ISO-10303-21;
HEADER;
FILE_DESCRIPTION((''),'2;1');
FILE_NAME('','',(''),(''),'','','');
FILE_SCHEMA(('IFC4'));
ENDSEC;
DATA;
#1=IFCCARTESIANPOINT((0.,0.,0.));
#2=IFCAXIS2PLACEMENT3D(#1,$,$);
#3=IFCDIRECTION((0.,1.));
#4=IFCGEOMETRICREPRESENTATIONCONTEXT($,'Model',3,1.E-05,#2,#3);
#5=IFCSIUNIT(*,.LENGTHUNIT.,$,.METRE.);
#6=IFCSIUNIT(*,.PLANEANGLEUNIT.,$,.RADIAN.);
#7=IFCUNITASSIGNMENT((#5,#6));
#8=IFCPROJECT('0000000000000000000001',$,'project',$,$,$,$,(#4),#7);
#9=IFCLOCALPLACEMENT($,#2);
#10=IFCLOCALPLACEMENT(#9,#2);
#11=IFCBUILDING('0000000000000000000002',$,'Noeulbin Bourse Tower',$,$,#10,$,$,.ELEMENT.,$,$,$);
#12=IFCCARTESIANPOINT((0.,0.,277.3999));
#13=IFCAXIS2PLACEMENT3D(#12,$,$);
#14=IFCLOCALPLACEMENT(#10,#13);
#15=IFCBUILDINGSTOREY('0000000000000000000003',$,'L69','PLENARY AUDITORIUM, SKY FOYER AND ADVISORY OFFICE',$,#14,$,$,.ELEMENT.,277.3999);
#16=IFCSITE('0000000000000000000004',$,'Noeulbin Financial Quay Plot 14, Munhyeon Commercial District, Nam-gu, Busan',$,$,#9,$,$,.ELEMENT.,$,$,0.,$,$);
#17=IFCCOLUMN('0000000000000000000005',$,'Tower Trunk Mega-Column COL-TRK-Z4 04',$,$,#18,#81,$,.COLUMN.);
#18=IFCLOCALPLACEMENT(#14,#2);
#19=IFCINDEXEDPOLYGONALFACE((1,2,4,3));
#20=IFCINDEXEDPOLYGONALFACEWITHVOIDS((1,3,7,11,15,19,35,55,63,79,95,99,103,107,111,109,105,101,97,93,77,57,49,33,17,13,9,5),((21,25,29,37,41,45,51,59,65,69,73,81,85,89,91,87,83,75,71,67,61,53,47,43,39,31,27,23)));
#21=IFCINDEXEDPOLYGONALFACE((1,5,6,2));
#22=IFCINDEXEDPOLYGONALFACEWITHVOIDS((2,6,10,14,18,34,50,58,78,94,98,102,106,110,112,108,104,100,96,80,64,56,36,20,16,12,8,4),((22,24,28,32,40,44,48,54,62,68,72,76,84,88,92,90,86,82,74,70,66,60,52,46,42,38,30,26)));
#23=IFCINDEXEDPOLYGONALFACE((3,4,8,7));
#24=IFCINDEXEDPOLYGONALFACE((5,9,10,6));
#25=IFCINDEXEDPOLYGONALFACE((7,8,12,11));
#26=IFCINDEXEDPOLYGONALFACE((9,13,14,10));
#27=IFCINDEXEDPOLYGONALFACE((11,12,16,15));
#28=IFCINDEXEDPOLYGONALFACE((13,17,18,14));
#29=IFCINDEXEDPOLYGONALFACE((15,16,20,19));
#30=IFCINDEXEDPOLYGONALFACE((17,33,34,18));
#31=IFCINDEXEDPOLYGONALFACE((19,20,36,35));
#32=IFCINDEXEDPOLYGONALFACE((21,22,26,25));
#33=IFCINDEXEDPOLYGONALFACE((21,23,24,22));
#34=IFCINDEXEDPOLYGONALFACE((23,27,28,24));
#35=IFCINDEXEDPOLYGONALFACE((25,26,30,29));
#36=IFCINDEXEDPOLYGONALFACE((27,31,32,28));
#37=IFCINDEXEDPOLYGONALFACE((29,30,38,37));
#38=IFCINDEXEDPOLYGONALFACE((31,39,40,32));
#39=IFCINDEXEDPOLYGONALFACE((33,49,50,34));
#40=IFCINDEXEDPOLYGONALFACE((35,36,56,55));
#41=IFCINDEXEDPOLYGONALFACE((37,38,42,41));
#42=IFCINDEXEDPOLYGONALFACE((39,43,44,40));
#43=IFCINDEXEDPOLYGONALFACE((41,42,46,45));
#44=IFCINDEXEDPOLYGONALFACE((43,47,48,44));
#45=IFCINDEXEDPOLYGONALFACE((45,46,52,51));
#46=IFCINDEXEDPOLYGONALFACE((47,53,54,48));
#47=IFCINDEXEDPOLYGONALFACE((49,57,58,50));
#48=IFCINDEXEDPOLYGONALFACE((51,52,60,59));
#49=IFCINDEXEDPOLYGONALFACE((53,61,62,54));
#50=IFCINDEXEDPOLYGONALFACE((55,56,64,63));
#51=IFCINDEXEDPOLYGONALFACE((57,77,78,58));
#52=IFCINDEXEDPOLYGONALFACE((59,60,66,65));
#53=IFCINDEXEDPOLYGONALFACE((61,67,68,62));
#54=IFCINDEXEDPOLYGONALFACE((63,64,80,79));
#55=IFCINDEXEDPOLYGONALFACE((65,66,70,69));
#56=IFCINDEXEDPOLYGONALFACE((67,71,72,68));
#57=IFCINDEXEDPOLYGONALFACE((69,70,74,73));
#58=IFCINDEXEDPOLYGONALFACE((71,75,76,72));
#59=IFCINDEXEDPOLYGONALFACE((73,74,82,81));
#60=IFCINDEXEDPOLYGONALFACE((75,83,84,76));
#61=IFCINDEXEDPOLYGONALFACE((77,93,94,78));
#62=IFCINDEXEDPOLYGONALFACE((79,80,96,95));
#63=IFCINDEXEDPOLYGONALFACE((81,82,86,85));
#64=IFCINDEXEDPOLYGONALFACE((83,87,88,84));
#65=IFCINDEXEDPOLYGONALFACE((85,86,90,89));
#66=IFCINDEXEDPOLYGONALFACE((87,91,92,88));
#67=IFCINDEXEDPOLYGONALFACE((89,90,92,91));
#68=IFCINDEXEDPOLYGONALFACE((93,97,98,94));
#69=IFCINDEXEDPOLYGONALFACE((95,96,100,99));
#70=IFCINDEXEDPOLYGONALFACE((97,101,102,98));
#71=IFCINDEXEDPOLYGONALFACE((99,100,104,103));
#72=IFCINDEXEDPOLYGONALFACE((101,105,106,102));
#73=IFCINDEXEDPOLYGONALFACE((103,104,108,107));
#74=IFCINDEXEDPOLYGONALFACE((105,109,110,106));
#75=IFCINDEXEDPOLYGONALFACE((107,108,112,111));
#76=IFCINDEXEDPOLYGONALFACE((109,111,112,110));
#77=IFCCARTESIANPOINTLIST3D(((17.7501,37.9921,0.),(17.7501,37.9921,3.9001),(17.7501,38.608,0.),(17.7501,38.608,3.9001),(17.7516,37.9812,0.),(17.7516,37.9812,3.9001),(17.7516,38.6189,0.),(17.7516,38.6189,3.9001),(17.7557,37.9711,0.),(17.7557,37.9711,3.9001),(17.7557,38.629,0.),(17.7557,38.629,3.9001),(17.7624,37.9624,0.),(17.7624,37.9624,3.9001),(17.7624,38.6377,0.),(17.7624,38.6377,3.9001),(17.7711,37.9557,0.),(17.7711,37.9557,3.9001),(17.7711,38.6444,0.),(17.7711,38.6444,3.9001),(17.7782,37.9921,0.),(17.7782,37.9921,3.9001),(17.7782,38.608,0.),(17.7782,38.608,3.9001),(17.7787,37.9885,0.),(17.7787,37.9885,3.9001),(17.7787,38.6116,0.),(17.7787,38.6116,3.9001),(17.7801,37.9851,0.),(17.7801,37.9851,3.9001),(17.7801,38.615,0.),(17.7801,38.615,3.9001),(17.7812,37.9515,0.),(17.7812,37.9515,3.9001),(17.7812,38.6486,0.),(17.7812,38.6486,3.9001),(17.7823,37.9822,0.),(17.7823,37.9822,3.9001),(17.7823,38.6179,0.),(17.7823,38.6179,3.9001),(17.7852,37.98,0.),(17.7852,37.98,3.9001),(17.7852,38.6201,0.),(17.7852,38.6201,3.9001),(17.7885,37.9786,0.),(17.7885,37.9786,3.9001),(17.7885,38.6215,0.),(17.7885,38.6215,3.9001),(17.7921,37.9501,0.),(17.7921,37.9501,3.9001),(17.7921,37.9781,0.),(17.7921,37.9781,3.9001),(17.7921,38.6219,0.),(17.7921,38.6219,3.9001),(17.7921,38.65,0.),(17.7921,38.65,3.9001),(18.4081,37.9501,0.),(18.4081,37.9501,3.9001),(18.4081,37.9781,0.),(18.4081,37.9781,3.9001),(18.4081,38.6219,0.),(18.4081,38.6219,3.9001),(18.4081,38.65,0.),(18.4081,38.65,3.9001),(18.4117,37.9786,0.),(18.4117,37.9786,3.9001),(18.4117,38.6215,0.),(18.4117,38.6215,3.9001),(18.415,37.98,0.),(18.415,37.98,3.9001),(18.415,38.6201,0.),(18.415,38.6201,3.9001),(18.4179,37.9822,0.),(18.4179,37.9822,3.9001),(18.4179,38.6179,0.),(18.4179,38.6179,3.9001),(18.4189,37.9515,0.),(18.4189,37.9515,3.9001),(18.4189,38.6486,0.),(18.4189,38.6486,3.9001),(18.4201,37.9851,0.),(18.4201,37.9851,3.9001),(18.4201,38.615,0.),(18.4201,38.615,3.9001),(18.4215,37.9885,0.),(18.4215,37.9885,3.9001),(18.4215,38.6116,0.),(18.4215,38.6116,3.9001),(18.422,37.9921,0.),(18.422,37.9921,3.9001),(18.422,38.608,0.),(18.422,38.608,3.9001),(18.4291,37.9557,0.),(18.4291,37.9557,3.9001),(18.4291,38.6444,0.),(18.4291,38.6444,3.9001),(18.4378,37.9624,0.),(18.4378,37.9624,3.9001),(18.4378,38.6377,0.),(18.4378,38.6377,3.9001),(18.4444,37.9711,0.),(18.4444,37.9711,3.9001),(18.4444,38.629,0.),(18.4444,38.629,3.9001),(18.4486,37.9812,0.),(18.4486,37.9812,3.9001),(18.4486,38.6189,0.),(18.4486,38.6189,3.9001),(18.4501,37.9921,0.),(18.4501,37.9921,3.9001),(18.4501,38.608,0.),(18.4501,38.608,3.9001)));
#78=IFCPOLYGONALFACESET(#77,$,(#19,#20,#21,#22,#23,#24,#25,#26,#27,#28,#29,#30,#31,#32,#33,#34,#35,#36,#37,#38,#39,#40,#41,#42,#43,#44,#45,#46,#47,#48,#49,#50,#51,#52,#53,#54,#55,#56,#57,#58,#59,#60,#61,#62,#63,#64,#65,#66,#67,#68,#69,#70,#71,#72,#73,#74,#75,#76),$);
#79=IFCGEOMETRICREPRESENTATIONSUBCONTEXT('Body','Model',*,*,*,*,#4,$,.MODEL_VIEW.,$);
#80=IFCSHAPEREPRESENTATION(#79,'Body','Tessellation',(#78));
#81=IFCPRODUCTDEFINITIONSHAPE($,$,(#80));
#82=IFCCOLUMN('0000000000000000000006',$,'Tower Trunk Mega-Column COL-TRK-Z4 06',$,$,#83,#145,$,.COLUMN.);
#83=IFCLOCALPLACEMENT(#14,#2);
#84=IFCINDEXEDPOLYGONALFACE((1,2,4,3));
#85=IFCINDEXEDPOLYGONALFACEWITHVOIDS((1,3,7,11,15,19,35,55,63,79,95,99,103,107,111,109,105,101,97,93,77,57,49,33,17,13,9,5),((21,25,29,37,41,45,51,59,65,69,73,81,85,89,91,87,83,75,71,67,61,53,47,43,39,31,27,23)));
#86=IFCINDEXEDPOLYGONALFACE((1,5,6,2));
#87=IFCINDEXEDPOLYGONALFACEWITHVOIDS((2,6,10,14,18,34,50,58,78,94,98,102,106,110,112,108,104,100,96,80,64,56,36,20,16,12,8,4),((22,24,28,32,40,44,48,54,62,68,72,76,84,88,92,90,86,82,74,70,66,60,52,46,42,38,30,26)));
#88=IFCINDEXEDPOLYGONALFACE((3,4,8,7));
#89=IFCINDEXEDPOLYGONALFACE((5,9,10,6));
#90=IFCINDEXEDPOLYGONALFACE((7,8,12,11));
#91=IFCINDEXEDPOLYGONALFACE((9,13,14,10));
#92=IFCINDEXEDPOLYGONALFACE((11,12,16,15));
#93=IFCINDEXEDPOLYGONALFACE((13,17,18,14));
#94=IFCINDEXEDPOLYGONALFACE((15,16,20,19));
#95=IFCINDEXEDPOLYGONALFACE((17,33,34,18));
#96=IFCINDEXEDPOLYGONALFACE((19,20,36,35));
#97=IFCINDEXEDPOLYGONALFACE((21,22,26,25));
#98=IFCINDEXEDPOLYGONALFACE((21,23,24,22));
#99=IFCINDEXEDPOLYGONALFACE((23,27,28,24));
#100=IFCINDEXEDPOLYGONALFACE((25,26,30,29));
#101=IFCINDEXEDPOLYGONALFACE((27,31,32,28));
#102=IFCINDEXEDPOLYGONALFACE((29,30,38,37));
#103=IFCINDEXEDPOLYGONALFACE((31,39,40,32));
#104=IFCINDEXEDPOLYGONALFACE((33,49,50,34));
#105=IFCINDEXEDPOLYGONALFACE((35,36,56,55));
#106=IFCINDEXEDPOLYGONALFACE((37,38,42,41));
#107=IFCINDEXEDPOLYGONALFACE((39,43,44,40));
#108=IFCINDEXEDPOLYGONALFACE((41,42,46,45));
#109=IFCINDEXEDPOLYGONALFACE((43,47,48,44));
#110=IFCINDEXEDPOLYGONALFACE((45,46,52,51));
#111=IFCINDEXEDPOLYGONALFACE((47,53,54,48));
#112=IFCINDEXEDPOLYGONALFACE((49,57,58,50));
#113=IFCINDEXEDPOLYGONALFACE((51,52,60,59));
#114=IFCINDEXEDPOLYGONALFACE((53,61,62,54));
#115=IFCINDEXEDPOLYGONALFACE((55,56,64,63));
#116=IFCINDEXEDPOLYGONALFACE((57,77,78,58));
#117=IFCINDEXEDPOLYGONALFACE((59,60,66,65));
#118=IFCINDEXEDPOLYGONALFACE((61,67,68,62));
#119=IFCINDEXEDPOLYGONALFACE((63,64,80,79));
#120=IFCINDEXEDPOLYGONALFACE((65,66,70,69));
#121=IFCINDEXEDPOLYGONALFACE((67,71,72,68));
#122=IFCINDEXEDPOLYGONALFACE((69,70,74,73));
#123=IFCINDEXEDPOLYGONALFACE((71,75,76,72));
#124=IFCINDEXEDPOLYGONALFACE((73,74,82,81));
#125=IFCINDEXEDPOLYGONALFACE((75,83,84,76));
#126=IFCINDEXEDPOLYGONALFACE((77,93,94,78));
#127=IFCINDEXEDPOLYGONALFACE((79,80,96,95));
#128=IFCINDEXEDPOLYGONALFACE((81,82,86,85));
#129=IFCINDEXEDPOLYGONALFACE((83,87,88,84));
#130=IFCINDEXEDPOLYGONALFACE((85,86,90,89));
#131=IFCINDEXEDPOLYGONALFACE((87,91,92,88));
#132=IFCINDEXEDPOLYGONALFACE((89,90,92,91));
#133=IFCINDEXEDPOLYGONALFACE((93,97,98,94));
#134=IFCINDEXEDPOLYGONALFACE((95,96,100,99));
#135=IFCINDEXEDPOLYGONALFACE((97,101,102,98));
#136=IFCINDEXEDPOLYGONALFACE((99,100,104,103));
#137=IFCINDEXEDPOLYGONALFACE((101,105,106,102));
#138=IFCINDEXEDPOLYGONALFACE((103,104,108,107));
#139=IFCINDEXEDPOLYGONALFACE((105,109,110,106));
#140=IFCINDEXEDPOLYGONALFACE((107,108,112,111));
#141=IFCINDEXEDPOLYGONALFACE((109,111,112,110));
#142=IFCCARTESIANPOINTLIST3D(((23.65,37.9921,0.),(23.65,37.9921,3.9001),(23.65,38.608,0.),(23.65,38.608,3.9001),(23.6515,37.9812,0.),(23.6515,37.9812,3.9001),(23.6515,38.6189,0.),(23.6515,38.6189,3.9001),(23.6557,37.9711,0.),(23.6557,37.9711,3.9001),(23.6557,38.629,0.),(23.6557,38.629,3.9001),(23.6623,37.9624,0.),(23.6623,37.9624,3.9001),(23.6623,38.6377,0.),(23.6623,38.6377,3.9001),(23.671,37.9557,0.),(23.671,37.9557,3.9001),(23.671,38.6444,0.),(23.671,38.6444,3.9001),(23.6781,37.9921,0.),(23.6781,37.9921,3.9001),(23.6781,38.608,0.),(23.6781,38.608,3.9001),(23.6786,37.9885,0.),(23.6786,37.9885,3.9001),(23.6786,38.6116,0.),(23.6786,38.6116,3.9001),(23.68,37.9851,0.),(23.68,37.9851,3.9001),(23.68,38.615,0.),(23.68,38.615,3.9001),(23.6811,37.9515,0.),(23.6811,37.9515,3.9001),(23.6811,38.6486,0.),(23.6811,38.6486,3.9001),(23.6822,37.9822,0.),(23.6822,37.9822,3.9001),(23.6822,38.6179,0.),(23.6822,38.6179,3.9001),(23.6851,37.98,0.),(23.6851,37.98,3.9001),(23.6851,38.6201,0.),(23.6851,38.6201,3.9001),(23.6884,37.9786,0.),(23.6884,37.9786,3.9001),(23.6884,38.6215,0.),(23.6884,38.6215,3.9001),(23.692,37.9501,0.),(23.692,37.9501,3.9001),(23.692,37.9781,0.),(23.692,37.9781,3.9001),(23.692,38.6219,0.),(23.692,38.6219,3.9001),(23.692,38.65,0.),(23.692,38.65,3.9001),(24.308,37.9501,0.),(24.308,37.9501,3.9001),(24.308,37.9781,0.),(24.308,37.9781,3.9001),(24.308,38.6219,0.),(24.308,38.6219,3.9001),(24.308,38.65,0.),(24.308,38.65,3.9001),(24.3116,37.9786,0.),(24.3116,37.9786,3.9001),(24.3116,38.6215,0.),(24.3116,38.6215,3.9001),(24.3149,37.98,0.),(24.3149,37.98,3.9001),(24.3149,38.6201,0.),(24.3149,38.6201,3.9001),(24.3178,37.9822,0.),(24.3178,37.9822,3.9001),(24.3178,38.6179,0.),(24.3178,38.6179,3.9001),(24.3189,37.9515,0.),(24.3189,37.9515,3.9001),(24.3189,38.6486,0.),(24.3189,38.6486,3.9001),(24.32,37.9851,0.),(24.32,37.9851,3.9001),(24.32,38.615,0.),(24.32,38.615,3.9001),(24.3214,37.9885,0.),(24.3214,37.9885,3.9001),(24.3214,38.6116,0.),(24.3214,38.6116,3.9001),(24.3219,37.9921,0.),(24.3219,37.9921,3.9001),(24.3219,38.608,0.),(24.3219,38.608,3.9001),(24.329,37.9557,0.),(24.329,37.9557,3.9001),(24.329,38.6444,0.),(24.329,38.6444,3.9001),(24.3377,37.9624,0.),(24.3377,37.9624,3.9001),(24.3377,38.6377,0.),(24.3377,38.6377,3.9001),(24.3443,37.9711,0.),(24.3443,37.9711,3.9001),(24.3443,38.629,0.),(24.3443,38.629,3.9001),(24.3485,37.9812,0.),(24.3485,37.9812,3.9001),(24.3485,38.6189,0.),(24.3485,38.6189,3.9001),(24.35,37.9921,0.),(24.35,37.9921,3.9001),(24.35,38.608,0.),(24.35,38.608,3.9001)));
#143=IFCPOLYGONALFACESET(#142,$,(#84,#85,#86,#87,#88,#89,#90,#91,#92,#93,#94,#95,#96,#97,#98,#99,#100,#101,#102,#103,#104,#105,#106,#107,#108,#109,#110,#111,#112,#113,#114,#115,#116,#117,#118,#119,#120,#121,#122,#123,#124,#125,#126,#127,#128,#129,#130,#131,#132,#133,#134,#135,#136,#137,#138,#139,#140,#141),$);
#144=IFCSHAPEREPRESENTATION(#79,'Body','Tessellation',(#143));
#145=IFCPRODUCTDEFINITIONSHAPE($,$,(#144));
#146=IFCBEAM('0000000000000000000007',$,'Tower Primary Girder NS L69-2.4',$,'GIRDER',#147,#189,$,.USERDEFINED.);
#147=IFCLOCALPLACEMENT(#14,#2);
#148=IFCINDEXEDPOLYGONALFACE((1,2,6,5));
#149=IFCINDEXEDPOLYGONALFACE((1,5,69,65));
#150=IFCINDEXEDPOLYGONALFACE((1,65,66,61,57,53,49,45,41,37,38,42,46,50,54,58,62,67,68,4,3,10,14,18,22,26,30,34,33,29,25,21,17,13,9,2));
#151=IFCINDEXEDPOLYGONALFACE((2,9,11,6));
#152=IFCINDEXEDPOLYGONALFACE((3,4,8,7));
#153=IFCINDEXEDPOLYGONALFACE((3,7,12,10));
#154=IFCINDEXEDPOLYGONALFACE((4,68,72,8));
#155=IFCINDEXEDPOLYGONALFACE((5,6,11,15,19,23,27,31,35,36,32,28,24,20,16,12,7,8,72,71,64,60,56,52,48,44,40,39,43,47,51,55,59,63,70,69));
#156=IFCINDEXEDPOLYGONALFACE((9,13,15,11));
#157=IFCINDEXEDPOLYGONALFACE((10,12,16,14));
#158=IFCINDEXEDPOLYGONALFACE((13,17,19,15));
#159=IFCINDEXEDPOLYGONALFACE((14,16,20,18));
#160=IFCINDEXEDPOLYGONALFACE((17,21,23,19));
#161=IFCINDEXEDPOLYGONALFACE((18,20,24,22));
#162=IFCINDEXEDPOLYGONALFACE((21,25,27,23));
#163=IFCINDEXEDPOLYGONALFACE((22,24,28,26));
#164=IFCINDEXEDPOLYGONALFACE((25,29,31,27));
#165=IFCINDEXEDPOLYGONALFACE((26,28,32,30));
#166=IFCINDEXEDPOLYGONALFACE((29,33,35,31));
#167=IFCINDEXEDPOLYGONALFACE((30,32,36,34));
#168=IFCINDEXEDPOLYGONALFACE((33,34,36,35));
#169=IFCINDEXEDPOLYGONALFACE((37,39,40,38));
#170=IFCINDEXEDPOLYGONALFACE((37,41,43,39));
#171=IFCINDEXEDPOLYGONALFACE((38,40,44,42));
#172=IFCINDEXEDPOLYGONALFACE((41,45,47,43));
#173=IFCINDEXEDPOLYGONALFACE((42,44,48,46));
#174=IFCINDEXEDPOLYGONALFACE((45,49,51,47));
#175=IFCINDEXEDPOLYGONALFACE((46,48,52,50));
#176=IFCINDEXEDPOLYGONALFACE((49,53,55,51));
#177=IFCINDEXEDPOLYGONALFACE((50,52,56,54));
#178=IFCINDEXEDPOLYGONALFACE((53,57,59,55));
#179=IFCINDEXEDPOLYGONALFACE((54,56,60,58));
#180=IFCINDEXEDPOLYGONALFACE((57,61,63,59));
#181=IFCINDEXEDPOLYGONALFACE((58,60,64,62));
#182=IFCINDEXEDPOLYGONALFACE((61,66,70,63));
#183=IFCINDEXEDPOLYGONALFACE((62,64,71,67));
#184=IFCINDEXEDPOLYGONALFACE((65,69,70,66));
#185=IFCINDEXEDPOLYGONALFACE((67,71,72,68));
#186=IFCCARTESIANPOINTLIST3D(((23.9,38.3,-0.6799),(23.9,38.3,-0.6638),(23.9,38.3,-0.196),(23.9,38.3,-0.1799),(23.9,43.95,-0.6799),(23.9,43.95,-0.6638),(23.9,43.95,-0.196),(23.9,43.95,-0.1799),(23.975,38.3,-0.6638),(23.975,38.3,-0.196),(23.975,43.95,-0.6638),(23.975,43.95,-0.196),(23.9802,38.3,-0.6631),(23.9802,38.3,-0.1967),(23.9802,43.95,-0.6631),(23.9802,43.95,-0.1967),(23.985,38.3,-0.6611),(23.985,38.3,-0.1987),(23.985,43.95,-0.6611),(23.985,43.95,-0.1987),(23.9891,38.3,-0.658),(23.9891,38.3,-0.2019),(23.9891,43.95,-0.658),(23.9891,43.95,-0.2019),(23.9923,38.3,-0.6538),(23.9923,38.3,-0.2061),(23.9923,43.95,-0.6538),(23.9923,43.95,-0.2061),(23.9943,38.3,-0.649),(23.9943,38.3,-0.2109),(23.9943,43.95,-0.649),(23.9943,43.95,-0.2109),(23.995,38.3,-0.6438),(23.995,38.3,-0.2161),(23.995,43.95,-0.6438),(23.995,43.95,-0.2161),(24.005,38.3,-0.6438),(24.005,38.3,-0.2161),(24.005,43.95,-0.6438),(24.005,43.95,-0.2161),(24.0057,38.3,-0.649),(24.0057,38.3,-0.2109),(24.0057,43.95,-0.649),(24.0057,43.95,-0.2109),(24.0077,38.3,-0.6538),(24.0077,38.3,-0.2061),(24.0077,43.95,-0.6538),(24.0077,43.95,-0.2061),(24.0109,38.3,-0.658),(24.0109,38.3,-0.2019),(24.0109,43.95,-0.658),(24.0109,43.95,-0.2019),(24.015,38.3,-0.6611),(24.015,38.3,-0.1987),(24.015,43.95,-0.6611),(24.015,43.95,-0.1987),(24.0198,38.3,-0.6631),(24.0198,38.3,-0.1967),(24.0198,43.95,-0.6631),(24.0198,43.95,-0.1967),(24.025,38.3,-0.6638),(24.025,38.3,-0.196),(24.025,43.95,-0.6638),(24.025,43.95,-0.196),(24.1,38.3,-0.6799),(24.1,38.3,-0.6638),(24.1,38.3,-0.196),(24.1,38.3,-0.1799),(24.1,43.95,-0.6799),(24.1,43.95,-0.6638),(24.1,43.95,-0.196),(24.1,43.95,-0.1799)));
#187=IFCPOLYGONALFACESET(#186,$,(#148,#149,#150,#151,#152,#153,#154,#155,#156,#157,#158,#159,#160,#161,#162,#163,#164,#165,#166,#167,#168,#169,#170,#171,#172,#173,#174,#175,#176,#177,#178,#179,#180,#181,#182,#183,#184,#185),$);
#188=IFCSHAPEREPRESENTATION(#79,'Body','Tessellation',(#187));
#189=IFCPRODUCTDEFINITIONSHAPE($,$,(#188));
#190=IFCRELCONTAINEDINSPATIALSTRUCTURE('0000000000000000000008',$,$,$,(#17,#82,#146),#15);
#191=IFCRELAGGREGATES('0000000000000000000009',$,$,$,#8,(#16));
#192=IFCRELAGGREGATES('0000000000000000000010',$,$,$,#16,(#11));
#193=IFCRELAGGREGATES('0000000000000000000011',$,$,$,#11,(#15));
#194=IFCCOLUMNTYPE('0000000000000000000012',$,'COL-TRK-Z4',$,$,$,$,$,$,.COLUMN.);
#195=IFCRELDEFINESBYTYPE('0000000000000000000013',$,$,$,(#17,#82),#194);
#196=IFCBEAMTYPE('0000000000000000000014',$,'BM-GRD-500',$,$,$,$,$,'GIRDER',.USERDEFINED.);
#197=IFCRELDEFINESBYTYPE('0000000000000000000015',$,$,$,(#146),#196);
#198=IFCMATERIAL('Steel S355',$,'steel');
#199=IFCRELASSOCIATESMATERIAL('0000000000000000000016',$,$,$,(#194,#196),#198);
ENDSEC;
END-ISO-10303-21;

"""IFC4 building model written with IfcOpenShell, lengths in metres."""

from ifc_helpers import new_model, si_unit, direction, frame, origin, origin_2d, place, context, subcontext, project, spatial, hollow_rectangle, i_section, extrude, material, material_profile, profile_set, type_object, element, save


model = new_model("IFC4")

# Units and contexts
model_context = context("Model", 3, precision=1e-05, world=origin(), true_north=direction((0.0, 1.0)))
body_context = subcontext(model_context, "Body", "Model", "MODEL_VIEW")
ifc_project = project(units=[si_unit("LENGTHUNIT", "METRE"), si_unit("PLANEANGLEUNIT", "RADIAN")], contexts=[model_context])

# Site, building, storey
site_placement = place(None, origin())
site = spatial("IfcSite", under=ifc_project, at=site_placement, Name="Noeulbin Financial Quay Plot 14, Munhyeon Commercial District, Nam-gu, Busan", CompositionType="ELEMENT", RefElevation=0.0)
building_placement = place(site_placement, origin())
building = spatial("IfcBuilding", under=site, at=building_placement, Name="Noeulbin Bourse Tower", CompositionType="ELEMENT")
storey_placement = place(building_placement, frame((0.0, 0.0, 277.3999)))
storey = spatial("IfcBuildingStorey", under=building, at=storey_placement, Name="L69", Description="PLENARY AUDITORIUM, SKY FOYER AND ADVISORY OFFICE", CompositionType="ELEMENT", Elevation=277.3999)

# Columns
ifc_material_1 = material(Name="Steel S355", Category="steel")
ifc_material_profile_1 = material_profile(ifc_material_1, hollow_rectangle(XDim=0.7, YDim=0.7, WallThickness=0.0281, InnerFilletRadius=0.0139, OuterFilletRadius=0.042, at=origin_2d()), Name="BOX-700x700x28", Category="LoadBearing")
ifc_profile_set_1 = profile_set([ifc_material_profile_1], Name="Steel S355")
column_type = type_object("IfcColumnType", Name="COL-TRK-Z4", PredefinedType="COLUMN", material=ifc_profile_set_1)
for number, where, z_axis, x_axis, name in (
    (1, (18.1001, 38.3, 0.0), (0.0, 0.0, 1.0), (1.0, 0.0, 0.0), "Tower Trunk Mega-Column COL-TRK-Z4 04"),
    (2, (24.0, 38.3, 0.0), (0.0, 0.0, 1.0), (1.0, 0.0, 0.0), "Tower Trunk Mega-Column COL-TRK-Z4 06"),
):
    element("IfcColumn", number, at=place(storey_placement, frame(where, z_axis=z_axis, x_axis=x_axis)), inside=storey, type_object=column_type, Name=name, PredefinedType="COLUMN", context=body_context, shape_type="SweptSolid", body=[
        extrude(hollow_rectangle(XDim=0.7, YDim=0.7, WallThickness=0.0281, InnerFilletRadius=0.0139, OuterFilletRadius=0.042, at=origin_2d()), origin(), (0.0, 0.0, 1.0), 3.9001),
    ])

# Beam
ifc_material_profile_2 = material_profile(ifc_material_1, i_section(OverallWidth=0.2, OverallDepth=0.5, WebThickness=0.01, FlangeThickness=0.0161, FilletRadius=0.02, at=origin_2d()), Name="H-500x200x10x16", Category="LoadBearing")
ifc_profile_set_2 = profile_set([ifc_material_profile_2], Name="Steel S355")
beam_type_1 = type_object("IfcBeamType", Name="BM-GRD-500", ElementType="GIRDER", PredefinedType="USERDEFINED", material=ifc_profile_set_2)
beam_1_placement = place(storey_placement, frame((24.0, 38.3, -0.4299), z_axis=(0.0, 1.0, 0.0), x_axis=(-1.0, 0.0, 0.0)))
element("IfcBeam", 3, at=beam_1_placement, inside=storey, type_object=beam_type_1, Name="Tower Primary Girder NS L69-2.4", ObjectType="GIRDER", PredefinedType="USERDEFINED", context=body_context, shape_type="SweptSolid", body=[
    extrude(i_section(OverallWidth=0.2, OverallDepth=0.5, WebThickness=0.01, FlangeThickness=0.0161, FilletRadius=0.02, at=origin_2d()), origin(), (0.0, 0.0, 1.0), 5.6499),
])

save(model, "model.ifc")
